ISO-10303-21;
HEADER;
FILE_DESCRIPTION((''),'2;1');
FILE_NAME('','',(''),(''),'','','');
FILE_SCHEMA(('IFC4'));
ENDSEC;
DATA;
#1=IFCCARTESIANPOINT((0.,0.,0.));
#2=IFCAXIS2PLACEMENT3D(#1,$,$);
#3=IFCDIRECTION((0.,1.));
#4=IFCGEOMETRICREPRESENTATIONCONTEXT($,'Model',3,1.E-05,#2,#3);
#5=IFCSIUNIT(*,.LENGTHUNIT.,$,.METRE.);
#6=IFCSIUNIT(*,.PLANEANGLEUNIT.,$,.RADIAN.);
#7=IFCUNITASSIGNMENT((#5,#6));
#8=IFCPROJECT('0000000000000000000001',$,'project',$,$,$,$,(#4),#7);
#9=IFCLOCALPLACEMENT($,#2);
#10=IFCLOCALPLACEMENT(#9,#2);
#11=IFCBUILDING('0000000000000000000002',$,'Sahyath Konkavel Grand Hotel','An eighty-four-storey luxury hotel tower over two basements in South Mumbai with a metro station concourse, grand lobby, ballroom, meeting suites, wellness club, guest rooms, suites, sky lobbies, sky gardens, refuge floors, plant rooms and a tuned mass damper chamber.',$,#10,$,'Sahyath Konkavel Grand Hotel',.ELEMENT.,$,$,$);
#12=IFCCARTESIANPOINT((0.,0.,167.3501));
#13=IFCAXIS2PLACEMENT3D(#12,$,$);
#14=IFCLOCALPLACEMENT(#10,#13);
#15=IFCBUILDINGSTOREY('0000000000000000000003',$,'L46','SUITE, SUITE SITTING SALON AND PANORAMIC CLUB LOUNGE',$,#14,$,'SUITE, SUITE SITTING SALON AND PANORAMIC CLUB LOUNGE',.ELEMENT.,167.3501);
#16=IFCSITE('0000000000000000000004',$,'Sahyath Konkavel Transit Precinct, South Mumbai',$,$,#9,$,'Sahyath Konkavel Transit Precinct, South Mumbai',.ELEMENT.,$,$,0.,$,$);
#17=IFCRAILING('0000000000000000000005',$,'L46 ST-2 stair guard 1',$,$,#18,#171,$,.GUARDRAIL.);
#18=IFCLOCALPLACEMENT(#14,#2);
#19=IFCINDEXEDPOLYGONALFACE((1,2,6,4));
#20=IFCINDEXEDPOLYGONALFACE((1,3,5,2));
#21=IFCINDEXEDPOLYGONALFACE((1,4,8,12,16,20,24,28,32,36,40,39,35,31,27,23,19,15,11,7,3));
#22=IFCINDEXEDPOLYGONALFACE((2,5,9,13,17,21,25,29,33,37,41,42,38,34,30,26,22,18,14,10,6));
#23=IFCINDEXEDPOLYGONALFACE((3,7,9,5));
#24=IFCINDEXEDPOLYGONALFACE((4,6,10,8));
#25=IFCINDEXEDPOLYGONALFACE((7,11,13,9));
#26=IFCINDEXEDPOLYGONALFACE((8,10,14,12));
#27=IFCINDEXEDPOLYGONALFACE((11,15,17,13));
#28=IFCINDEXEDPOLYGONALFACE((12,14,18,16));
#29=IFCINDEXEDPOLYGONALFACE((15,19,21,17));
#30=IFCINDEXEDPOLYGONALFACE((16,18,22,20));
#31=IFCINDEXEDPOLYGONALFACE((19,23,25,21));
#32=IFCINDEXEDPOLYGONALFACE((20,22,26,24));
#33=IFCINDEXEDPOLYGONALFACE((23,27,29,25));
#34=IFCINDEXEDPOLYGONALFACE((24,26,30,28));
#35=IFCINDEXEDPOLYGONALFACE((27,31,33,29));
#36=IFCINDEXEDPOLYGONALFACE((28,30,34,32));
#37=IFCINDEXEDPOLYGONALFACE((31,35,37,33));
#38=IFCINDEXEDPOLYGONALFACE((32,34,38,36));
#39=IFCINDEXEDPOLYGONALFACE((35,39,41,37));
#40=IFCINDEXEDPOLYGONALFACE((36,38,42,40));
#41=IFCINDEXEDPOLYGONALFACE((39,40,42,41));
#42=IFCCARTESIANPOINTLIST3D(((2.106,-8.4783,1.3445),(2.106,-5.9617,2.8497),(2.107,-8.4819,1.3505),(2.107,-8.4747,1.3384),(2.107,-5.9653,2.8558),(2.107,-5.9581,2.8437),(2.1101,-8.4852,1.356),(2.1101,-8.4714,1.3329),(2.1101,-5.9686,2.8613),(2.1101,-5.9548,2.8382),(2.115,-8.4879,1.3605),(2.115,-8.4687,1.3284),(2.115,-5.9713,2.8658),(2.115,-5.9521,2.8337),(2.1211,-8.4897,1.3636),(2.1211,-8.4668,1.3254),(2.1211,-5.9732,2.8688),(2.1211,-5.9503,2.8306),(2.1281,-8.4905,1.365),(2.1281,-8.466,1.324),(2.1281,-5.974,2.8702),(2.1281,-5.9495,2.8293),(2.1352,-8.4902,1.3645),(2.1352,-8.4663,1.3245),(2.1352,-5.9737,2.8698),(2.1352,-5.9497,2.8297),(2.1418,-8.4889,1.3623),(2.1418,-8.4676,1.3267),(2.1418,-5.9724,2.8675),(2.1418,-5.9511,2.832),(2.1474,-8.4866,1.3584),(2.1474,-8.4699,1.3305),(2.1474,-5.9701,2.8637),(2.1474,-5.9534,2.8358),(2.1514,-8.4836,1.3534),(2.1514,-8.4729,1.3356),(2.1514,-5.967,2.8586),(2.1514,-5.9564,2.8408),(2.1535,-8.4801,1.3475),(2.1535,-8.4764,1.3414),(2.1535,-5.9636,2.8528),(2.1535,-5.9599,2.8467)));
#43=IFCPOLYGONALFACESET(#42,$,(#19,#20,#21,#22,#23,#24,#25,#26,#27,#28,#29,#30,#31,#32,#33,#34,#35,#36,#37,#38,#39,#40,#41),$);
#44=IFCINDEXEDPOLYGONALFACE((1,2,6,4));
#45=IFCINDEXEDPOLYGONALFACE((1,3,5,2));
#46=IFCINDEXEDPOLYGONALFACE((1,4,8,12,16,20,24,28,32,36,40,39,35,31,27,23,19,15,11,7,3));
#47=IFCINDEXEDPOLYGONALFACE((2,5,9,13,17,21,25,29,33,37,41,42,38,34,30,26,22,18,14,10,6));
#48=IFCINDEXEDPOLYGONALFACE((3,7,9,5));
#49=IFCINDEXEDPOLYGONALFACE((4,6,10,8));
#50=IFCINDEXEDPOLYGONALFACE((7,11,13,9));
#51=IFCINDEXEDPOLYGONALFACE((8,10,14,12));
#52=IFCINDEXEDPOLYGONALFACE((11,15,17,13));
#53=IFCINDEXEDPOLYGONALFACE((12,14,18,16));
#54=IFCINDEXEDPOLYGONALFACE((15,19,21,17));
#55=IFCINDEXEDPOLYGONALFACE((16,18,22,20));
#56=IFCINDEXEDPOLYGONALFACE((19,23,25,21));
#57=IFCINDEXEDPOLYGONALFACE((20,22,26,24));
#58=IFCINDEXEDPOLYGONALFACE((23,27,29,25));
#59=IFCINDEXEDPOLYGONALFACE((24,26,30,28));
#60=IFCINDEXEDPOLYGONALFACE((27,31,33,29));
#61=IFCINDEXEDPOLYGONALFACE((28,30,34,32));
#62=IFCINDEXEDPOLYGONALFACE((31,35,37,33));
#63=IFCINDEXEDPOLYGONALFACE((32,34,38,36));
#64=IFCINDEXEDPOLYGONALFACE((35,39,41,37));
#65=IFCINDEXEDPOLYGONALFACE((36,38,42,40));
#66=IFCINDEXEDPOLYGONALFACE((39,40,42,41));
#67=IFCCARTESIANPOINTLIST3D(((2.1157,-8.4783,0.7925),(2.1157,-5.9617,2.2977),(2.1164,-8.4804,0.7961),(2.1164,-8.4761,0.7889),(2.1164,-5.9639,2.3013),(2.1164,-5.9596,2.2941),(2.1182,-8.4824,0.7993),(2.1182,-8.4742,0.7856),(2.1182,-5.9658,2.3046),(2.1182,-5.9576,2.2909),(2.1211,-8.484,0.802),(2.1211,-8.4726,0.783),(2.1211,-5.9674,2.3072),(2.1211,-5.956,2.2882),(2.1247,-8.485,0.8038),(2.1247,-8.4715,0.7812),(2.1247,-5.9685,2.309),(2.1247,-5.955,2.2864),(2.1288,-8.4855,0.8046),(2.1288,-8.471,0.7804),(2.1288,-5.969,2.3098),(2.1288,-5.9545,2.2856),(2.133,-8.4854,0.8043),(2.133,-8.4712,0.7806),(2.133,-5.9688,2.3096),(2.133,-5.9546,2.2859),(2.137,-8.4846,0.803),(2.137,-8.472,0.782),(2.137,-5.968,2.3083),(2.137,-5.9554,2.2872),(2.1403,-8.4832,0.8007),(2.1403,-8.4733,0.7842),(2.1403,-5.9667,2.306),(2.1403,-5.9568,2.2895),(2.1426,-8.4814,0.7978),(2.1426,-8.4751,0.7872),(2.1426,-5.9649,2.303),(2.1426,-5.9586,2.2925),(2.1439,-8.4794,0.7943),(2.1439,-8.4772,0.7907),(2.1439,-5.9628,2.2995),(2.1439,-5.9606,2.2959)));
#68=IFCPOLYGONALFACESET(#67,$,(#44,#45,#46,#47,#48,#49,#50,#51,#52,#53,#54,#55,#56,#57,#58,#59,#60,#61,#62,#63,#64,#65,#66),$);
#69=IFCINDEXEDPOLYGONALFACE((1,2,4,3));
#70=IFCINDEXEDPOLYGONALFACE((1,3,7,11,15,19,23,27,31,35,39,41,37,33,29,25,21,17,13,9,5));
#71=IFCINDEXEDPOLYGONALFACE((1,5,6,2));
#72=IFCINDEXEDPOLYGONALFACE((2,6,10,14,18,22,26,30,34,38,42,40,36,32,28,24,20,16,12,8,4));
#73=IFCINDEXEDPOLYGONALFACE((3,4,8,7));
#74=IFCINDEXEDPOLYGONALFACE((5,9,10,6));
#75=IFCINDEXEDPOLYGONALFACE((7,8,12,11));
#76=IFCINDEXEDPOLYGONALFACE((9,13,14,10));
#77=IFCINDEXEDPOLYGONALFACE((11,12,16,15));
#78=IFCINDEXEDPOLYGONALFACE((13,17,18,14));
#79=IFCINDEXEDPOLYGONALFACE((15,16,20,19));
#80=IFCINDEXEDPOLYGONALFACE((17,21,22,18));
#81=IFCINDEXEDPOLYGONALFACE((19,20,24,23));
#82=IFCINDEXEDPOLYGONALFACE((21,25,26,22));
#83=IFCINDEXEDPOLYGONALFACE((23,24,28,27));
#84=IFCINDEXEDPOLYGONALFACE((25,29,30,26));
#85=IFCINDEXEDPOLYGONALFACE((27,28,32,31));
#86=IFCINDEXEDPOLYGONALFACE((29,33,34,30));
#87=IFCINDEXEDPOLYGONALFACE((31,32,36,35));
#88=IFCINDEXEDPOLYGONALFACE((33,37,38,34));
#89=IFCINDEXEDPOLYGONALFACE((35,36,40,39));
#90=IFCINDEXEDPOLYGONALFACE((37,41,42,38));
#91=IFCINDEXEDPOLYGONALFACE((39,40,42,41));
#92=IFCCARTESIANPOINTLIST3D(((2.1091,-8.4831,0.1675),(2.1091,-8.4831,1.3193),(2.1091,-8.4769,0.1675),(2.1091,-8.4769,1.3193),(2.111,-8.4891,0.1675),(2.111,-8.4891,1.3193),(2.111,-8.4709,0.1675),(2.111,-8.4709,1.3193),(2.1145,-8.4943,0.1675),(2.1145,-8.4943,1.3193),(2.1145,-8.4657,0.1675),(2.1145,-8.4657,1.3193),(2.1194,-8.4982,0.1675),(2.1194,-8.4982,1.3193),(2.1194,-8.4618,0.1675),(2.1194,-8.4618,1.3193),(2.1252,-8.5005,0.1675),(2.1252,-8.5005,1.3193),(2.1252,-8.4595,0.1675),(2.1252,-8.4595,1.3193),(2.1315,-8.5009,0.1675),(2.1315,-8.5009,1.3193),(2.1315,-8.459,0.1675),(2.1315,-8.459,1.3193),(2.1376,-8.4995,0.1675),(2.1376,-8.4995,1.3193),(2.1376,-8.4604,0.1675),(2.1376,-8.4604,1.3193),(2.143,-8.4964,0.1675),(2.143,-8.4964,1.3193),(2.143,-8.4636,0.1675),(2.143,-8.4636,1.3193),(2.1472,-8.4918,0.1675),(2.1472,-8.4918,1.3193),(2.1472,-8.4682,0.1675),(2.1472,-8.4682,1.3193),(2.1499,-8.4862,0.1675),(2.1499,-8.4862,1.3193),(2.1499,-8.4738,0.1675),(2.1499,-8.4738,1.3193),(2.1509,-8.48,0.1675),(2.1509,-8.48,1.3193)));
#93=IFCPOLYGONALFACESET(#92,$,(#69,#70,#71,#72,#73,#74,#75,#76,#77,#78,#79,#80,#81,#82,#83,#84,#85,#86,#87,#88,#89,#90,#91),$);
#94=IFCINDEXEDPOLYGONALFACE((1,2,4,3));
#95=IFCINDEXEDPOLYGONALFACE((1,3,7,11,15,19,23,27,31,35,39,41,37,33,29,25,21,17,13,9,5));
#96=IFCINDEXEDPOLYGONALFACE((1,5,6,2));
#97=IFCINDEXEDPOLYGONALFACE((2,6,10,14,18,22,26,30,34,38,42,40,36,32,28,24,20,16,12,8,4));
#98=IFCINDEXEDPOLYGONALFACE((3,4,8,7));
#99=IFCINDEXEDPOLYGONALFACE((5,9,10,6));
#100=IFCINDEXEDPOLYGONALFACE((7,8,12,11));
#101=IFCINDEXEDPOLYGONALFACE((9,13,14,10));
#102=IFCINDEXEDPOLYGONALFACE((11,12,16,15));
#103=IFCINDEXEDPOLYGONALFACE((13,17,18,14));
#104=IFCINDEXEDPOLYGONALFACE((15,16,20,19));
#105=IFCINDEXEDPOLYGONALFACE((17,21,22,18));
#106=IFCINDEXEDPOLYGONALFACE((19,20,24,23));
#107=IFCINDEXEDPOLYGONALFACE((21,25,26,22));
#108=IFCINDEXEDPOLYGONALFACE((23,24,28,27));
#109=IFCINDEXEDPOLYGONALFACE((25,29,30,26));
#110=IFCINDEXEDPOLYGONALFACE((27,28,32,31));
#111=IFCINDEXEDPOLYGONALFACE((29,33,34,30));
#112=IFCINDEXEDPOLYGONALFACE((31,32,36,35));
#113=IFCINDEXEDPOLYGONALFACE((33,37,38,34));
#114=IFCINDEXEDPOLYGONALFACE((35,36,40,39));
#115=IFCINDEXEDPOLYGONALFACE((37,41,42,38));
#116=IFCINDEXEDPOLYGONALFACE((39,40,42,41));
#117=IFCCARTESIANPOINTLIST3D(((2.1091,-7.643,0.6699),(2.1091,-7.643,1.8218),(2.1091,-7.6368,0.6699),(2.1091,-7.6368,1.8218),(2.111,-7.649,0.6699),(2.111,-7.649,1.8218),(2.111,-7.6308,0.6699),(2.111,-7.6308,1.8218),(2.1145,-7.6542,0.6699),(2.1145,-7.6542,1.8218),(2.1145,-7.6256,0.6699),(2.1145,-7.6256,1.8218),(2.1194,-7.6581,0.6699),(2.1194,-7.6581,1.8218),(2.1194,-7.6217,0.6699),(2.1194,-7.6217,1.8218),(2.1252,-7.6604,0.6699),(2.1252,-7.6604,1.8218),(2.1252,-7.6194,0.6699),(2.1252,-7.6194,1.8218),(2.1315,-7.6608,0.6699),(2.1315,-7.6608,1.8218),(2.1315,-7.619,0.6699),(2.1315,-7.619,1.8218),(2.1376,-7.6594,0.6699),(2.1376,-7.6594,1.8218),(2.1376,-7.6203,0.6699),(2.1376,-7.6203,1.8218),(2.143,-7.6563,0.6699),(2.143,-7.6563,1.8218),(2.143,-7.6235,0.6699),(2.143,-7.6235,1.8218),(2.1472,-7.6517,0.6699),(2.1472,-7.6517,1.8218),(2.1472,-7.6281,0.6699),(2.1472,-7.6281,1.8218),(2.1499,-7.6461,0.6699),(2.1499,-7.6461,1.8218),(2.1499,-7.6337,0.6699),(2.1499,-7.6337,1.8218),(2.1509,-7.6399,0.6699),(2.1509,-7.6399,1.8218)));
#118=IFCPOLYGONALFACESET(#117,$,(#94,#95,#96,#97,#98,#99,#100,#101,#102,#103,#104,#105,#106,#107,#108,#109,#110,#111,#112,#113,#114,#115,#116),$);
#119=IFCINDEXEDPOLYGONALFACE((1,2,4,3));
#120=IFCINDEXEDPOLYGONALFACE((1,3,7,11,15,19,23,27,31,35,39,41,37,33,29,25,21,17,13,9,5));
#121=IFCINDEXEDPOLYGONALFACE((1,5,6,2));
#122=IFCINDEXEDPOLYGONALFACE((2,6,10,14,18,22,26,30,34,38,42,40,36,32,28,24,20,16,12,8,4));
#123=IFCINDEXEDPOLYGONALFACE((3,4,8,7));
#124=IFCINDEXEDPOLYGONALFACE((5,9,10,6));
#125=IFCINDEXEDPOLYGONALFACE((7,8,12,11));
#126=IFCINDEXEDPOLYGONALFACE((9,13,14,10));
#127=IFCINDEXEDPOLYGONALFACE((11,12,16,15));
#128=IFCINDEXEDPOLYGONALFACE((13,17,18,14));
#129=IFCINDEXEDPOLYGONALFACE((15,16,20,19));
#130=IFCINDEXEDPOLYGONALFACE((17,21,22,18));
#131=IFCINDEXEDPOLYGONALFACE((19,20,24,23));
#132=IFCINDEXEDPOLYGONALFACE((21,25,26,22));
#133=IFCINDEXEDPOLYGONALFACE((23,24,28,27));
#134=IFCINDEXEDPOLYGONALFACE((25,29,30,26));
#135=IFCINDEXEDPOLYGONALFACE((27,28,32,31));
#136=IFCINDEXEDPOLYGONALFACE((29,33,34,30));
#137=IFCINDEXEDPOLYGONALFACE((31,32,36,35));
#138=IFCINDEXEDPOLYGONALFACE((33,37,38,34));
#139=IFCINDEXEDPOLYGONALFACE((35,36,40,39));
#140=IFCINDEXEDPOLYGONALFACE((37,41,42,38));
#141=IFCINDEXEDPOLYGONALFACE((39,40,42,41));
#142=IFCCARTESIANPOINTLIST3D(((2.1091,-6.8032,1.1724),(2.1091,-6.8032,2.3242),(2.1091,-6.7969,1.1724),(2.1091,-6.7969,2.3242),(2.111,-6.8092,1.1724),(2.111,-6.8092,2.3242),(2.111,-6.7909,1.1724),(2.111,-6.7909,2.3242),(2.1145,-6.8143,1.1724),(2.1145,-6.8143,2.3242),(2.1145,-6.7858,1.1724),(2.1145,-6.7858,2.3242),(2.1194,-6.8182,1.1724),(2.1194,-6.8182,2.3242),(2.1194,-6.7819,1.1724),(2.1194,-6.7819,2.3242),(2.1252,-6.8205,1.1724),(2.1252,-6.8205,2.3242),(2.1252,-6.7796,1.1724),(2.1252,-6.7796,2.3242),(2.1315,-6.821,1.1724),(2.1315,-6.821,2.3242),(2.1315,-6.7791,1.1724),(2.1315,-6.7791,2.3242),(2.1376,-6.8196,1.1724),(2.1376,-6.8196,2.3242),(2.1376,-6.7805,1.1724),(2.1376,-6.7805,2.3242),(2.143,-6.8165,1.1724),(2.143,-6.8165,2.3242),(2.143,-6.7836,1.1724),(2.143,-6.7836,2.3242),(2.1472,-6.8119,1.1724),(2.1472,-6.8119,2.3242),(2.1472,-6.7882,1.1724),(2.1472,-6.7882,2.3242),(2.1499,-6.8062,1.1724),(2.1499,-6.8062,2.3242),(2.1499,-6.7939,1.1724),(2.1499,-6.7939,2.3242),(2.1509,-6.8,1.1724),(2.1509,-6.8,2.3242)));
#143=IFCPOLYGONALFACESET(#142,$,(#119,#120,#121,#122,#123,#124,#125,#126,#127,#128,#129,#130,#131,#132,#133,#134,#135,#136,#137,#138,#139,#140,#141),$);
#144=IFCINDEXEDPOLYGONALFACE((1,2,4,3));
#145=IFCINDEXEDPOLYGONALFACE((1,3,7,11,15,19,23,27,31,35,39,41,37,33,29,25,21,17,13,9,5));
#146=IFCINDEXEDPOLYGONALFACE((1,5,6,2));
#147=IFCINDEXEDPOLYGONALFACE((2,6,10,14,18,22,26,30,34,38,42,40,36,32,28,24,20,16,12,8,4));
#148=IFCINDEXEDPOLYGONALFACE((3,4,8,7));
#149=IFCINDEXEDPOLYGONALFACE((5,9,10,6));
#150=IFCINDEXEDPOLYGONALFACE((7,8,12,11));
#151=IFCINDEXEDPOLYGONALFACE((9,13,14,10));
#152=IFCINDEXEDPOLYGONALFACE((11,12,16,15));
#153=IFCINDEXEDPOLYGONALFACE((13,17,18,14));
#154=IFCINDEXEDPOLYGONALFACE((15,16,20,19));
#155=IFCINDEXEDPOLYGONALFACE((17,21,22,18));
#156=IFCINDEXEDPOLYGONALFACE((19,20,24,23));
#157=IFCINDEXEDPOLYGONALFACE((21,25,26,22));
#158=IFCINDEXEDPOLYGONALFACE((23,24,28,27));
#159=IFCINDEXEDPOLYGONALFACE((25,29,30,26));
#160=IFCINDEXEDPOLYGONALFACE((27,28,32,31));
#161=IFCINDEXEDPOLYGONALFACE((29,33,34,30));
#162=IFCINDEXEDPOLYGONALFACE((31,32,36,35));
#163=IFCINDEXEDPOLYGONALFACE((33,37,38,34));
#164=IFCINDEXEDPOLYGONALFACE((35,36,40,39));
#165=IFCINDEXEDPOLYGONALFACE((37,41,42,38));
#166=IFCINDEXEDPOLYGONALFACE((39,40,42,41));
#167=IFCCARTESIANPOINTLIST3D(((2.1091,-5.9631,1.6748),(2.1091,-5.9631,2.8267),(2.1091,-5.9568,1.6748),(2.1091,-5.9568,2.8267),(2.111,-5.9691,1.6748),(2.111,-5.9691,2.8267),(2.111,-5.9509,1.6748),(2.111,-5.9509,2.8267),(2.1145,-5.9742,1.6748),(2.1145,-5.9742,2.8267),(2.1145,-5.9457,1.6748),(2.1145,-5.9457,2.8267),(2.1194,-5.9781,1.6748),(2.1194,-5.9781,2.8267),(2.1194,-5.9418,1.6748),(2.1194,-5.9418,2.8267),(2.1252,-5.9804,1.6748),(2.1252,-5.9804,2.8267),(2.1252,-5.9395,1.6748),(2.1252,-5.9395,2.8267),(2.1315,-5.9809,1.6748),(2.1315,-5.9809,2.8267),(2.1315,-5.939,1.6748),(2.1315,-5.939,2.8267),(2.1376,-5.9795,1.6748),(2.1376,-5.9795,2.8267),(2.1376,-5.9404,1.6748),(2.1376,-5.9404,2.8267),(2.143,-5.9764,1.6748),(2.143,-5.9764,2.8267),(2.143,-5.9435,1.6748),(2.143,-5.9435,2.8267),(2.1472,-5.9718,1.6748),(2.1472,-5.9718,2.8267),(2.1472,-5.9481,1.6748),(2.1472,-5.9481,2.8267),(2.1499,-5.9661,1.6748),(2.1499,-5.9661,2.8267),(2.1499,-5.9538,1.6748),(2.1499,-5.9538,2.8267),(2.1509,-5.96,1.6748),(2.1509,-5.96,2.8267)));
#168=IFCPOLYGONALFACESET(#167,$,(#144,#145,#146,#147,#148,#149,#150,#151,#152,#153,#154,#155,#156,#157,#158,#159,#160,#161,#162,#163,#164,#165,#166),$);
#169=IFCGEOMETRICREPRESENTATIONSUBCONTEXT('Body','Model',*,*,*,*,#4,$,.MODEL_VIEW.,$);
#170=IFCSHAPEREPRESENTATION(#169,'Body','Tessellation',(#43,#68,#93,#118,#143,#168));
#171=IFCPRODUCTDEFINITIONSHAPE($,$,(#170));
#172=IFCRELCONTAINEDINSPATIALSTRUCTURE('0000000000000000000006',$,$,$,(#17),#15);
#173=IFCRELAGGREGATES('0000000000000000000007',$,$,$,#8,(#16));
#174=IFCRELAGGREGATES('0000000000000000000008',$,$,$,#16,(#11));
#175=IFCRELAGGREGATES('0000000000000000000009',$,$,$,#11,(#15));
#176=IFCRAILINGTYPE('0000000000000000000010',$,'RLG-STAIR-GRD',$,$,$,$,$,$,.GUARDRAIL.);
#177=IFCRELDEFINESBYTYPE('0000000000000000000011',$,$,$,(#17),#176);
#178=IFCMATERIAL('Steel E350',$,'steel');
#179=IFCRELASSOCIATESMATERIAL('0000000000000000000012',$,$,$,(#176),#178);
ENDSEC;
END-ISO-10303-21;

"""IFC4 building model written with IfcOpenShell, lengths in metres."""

from ifc_helpers import new_model, si_unit, direction, frame, origin, origin_2d, place, context, subcontext, project, spatial, circle, extrude, material, type_object, element, save


model = new_model("IFC4")

# Units and contexts
model_context = context("Model", 3, precision=1e-05, world=origin(), true_north=direction((0.0, 1.0)))
body_context = subcontext(model_context, "Body", "Model", "MODEL_VIEW")
ifc_project = project(units=[si_unit("LENGTHUNIT", "METRE"), si_unit("PLANEANGLEUNIT", "RADIAN")], contexts=[model_context])

# Site, building, storey
site_placement = place(None, origin())
site = spatial("IfcSite", under=ifc_project, at=site_placement, Name="Sahyath Konkavel Transit Precinct, South Mumbai", LongName="Sahyath Konkavel Transit Precinct, South Mumbai", CompositionType="ELEMENT", RefElevation=0.0)
building_placement = place(site_placement, origin())
building = spatial("IfcBuilding", under=site, at=building_placement, Name="Sahyath Konkavel Grand Hotel", Description="An eighty-four-storey luxury hotel tower over two basements in South Mumbai with a metro station concourse, grand lobby, ballroom, meeting suites, wellness club, guest rooms, suites, sky lobbies, sky gardens, refuge floors, plant rooms and a tuned mass damper chamber.", LongName="Sahyath Konkavel Grand Hotel", CompositionType="ELEMENT")
storey_placement = place(building_placement, frame((0.0, 0.0, 167.3501)))
storey = spatial("IfcBuildingStorey", under=building, at=storey_placement, Name="L46", Description="SUITE, SUITE SITTING SALON AND PANORAMIC CLUB LOUNGE", LongName="SUITE, SUITE SITTING SALON AND PANORAMIC CLUB LOUNGE", CompositionType="ELEMENT", Elevation=167.3501)

# Shared definitions
ifc_material_1 = material(Name="Steel E350", Category="steel")

# Railing
railing_type_1 = type_object("IfcRailingType", Name="RLG-STAIR-GRD", PredefinedType="GUARDRAIL", material=ifc_material_1)
railing_1_placement = place(storey_placement, frame((2.1299, -8.48, 0.1675)))
element("IfcRailing", 1, at=railing_1_placement, inside=storey, type_object=railing_type_1, Name="L46 ST-2 stair guard 1", PredefinedType="GUARDRAIL", context=body_context, shape_type="SweptSolid", body=[
    extrude(circle(Radius=0.0239, at=origin_2d()), frame((0.0, 0.0017, 1.177), z_axis=(0.0, 0.858196, 0.513321), x_axis=(-1.0, 0.0, 0.0)), (0.0, 0.0, 1.0), 2.9324),
    extrude(circle(Radius=0.0142, at=origin_2d()), frame((0.0, 0.0017, 0.625), z_axis=(0.0, 0.858196, 0.513321), x_axis=(-1.0, 0.0, 0.0)), (0.0, 0.0, 1.0), 2.9324),
    extrude(circle(Radius=0.021, at=origin_2d()), origin(), (0.0, 0.0, 1.0), 1.1519),
    extrude(circle(Radius=0.021, at=origin_2d()), frame((0.0, 0.8401, 0.5024)), (0.0, 0.0, 1.0), 1.1519),
    extrude(circle(Radius=0.021, at=origin_2d()), frame((0.0, 1.6799, 1.0049)), (0.0, 0.0, 1.0), 1.1519),
    extrude(circle(Radius=0.021, at=origin_2d()), frame((0.0, 2.52, 1.5073)), (0.0, 0.0, 1.0), 1.1519),
])

save(model, "model.ifc")
